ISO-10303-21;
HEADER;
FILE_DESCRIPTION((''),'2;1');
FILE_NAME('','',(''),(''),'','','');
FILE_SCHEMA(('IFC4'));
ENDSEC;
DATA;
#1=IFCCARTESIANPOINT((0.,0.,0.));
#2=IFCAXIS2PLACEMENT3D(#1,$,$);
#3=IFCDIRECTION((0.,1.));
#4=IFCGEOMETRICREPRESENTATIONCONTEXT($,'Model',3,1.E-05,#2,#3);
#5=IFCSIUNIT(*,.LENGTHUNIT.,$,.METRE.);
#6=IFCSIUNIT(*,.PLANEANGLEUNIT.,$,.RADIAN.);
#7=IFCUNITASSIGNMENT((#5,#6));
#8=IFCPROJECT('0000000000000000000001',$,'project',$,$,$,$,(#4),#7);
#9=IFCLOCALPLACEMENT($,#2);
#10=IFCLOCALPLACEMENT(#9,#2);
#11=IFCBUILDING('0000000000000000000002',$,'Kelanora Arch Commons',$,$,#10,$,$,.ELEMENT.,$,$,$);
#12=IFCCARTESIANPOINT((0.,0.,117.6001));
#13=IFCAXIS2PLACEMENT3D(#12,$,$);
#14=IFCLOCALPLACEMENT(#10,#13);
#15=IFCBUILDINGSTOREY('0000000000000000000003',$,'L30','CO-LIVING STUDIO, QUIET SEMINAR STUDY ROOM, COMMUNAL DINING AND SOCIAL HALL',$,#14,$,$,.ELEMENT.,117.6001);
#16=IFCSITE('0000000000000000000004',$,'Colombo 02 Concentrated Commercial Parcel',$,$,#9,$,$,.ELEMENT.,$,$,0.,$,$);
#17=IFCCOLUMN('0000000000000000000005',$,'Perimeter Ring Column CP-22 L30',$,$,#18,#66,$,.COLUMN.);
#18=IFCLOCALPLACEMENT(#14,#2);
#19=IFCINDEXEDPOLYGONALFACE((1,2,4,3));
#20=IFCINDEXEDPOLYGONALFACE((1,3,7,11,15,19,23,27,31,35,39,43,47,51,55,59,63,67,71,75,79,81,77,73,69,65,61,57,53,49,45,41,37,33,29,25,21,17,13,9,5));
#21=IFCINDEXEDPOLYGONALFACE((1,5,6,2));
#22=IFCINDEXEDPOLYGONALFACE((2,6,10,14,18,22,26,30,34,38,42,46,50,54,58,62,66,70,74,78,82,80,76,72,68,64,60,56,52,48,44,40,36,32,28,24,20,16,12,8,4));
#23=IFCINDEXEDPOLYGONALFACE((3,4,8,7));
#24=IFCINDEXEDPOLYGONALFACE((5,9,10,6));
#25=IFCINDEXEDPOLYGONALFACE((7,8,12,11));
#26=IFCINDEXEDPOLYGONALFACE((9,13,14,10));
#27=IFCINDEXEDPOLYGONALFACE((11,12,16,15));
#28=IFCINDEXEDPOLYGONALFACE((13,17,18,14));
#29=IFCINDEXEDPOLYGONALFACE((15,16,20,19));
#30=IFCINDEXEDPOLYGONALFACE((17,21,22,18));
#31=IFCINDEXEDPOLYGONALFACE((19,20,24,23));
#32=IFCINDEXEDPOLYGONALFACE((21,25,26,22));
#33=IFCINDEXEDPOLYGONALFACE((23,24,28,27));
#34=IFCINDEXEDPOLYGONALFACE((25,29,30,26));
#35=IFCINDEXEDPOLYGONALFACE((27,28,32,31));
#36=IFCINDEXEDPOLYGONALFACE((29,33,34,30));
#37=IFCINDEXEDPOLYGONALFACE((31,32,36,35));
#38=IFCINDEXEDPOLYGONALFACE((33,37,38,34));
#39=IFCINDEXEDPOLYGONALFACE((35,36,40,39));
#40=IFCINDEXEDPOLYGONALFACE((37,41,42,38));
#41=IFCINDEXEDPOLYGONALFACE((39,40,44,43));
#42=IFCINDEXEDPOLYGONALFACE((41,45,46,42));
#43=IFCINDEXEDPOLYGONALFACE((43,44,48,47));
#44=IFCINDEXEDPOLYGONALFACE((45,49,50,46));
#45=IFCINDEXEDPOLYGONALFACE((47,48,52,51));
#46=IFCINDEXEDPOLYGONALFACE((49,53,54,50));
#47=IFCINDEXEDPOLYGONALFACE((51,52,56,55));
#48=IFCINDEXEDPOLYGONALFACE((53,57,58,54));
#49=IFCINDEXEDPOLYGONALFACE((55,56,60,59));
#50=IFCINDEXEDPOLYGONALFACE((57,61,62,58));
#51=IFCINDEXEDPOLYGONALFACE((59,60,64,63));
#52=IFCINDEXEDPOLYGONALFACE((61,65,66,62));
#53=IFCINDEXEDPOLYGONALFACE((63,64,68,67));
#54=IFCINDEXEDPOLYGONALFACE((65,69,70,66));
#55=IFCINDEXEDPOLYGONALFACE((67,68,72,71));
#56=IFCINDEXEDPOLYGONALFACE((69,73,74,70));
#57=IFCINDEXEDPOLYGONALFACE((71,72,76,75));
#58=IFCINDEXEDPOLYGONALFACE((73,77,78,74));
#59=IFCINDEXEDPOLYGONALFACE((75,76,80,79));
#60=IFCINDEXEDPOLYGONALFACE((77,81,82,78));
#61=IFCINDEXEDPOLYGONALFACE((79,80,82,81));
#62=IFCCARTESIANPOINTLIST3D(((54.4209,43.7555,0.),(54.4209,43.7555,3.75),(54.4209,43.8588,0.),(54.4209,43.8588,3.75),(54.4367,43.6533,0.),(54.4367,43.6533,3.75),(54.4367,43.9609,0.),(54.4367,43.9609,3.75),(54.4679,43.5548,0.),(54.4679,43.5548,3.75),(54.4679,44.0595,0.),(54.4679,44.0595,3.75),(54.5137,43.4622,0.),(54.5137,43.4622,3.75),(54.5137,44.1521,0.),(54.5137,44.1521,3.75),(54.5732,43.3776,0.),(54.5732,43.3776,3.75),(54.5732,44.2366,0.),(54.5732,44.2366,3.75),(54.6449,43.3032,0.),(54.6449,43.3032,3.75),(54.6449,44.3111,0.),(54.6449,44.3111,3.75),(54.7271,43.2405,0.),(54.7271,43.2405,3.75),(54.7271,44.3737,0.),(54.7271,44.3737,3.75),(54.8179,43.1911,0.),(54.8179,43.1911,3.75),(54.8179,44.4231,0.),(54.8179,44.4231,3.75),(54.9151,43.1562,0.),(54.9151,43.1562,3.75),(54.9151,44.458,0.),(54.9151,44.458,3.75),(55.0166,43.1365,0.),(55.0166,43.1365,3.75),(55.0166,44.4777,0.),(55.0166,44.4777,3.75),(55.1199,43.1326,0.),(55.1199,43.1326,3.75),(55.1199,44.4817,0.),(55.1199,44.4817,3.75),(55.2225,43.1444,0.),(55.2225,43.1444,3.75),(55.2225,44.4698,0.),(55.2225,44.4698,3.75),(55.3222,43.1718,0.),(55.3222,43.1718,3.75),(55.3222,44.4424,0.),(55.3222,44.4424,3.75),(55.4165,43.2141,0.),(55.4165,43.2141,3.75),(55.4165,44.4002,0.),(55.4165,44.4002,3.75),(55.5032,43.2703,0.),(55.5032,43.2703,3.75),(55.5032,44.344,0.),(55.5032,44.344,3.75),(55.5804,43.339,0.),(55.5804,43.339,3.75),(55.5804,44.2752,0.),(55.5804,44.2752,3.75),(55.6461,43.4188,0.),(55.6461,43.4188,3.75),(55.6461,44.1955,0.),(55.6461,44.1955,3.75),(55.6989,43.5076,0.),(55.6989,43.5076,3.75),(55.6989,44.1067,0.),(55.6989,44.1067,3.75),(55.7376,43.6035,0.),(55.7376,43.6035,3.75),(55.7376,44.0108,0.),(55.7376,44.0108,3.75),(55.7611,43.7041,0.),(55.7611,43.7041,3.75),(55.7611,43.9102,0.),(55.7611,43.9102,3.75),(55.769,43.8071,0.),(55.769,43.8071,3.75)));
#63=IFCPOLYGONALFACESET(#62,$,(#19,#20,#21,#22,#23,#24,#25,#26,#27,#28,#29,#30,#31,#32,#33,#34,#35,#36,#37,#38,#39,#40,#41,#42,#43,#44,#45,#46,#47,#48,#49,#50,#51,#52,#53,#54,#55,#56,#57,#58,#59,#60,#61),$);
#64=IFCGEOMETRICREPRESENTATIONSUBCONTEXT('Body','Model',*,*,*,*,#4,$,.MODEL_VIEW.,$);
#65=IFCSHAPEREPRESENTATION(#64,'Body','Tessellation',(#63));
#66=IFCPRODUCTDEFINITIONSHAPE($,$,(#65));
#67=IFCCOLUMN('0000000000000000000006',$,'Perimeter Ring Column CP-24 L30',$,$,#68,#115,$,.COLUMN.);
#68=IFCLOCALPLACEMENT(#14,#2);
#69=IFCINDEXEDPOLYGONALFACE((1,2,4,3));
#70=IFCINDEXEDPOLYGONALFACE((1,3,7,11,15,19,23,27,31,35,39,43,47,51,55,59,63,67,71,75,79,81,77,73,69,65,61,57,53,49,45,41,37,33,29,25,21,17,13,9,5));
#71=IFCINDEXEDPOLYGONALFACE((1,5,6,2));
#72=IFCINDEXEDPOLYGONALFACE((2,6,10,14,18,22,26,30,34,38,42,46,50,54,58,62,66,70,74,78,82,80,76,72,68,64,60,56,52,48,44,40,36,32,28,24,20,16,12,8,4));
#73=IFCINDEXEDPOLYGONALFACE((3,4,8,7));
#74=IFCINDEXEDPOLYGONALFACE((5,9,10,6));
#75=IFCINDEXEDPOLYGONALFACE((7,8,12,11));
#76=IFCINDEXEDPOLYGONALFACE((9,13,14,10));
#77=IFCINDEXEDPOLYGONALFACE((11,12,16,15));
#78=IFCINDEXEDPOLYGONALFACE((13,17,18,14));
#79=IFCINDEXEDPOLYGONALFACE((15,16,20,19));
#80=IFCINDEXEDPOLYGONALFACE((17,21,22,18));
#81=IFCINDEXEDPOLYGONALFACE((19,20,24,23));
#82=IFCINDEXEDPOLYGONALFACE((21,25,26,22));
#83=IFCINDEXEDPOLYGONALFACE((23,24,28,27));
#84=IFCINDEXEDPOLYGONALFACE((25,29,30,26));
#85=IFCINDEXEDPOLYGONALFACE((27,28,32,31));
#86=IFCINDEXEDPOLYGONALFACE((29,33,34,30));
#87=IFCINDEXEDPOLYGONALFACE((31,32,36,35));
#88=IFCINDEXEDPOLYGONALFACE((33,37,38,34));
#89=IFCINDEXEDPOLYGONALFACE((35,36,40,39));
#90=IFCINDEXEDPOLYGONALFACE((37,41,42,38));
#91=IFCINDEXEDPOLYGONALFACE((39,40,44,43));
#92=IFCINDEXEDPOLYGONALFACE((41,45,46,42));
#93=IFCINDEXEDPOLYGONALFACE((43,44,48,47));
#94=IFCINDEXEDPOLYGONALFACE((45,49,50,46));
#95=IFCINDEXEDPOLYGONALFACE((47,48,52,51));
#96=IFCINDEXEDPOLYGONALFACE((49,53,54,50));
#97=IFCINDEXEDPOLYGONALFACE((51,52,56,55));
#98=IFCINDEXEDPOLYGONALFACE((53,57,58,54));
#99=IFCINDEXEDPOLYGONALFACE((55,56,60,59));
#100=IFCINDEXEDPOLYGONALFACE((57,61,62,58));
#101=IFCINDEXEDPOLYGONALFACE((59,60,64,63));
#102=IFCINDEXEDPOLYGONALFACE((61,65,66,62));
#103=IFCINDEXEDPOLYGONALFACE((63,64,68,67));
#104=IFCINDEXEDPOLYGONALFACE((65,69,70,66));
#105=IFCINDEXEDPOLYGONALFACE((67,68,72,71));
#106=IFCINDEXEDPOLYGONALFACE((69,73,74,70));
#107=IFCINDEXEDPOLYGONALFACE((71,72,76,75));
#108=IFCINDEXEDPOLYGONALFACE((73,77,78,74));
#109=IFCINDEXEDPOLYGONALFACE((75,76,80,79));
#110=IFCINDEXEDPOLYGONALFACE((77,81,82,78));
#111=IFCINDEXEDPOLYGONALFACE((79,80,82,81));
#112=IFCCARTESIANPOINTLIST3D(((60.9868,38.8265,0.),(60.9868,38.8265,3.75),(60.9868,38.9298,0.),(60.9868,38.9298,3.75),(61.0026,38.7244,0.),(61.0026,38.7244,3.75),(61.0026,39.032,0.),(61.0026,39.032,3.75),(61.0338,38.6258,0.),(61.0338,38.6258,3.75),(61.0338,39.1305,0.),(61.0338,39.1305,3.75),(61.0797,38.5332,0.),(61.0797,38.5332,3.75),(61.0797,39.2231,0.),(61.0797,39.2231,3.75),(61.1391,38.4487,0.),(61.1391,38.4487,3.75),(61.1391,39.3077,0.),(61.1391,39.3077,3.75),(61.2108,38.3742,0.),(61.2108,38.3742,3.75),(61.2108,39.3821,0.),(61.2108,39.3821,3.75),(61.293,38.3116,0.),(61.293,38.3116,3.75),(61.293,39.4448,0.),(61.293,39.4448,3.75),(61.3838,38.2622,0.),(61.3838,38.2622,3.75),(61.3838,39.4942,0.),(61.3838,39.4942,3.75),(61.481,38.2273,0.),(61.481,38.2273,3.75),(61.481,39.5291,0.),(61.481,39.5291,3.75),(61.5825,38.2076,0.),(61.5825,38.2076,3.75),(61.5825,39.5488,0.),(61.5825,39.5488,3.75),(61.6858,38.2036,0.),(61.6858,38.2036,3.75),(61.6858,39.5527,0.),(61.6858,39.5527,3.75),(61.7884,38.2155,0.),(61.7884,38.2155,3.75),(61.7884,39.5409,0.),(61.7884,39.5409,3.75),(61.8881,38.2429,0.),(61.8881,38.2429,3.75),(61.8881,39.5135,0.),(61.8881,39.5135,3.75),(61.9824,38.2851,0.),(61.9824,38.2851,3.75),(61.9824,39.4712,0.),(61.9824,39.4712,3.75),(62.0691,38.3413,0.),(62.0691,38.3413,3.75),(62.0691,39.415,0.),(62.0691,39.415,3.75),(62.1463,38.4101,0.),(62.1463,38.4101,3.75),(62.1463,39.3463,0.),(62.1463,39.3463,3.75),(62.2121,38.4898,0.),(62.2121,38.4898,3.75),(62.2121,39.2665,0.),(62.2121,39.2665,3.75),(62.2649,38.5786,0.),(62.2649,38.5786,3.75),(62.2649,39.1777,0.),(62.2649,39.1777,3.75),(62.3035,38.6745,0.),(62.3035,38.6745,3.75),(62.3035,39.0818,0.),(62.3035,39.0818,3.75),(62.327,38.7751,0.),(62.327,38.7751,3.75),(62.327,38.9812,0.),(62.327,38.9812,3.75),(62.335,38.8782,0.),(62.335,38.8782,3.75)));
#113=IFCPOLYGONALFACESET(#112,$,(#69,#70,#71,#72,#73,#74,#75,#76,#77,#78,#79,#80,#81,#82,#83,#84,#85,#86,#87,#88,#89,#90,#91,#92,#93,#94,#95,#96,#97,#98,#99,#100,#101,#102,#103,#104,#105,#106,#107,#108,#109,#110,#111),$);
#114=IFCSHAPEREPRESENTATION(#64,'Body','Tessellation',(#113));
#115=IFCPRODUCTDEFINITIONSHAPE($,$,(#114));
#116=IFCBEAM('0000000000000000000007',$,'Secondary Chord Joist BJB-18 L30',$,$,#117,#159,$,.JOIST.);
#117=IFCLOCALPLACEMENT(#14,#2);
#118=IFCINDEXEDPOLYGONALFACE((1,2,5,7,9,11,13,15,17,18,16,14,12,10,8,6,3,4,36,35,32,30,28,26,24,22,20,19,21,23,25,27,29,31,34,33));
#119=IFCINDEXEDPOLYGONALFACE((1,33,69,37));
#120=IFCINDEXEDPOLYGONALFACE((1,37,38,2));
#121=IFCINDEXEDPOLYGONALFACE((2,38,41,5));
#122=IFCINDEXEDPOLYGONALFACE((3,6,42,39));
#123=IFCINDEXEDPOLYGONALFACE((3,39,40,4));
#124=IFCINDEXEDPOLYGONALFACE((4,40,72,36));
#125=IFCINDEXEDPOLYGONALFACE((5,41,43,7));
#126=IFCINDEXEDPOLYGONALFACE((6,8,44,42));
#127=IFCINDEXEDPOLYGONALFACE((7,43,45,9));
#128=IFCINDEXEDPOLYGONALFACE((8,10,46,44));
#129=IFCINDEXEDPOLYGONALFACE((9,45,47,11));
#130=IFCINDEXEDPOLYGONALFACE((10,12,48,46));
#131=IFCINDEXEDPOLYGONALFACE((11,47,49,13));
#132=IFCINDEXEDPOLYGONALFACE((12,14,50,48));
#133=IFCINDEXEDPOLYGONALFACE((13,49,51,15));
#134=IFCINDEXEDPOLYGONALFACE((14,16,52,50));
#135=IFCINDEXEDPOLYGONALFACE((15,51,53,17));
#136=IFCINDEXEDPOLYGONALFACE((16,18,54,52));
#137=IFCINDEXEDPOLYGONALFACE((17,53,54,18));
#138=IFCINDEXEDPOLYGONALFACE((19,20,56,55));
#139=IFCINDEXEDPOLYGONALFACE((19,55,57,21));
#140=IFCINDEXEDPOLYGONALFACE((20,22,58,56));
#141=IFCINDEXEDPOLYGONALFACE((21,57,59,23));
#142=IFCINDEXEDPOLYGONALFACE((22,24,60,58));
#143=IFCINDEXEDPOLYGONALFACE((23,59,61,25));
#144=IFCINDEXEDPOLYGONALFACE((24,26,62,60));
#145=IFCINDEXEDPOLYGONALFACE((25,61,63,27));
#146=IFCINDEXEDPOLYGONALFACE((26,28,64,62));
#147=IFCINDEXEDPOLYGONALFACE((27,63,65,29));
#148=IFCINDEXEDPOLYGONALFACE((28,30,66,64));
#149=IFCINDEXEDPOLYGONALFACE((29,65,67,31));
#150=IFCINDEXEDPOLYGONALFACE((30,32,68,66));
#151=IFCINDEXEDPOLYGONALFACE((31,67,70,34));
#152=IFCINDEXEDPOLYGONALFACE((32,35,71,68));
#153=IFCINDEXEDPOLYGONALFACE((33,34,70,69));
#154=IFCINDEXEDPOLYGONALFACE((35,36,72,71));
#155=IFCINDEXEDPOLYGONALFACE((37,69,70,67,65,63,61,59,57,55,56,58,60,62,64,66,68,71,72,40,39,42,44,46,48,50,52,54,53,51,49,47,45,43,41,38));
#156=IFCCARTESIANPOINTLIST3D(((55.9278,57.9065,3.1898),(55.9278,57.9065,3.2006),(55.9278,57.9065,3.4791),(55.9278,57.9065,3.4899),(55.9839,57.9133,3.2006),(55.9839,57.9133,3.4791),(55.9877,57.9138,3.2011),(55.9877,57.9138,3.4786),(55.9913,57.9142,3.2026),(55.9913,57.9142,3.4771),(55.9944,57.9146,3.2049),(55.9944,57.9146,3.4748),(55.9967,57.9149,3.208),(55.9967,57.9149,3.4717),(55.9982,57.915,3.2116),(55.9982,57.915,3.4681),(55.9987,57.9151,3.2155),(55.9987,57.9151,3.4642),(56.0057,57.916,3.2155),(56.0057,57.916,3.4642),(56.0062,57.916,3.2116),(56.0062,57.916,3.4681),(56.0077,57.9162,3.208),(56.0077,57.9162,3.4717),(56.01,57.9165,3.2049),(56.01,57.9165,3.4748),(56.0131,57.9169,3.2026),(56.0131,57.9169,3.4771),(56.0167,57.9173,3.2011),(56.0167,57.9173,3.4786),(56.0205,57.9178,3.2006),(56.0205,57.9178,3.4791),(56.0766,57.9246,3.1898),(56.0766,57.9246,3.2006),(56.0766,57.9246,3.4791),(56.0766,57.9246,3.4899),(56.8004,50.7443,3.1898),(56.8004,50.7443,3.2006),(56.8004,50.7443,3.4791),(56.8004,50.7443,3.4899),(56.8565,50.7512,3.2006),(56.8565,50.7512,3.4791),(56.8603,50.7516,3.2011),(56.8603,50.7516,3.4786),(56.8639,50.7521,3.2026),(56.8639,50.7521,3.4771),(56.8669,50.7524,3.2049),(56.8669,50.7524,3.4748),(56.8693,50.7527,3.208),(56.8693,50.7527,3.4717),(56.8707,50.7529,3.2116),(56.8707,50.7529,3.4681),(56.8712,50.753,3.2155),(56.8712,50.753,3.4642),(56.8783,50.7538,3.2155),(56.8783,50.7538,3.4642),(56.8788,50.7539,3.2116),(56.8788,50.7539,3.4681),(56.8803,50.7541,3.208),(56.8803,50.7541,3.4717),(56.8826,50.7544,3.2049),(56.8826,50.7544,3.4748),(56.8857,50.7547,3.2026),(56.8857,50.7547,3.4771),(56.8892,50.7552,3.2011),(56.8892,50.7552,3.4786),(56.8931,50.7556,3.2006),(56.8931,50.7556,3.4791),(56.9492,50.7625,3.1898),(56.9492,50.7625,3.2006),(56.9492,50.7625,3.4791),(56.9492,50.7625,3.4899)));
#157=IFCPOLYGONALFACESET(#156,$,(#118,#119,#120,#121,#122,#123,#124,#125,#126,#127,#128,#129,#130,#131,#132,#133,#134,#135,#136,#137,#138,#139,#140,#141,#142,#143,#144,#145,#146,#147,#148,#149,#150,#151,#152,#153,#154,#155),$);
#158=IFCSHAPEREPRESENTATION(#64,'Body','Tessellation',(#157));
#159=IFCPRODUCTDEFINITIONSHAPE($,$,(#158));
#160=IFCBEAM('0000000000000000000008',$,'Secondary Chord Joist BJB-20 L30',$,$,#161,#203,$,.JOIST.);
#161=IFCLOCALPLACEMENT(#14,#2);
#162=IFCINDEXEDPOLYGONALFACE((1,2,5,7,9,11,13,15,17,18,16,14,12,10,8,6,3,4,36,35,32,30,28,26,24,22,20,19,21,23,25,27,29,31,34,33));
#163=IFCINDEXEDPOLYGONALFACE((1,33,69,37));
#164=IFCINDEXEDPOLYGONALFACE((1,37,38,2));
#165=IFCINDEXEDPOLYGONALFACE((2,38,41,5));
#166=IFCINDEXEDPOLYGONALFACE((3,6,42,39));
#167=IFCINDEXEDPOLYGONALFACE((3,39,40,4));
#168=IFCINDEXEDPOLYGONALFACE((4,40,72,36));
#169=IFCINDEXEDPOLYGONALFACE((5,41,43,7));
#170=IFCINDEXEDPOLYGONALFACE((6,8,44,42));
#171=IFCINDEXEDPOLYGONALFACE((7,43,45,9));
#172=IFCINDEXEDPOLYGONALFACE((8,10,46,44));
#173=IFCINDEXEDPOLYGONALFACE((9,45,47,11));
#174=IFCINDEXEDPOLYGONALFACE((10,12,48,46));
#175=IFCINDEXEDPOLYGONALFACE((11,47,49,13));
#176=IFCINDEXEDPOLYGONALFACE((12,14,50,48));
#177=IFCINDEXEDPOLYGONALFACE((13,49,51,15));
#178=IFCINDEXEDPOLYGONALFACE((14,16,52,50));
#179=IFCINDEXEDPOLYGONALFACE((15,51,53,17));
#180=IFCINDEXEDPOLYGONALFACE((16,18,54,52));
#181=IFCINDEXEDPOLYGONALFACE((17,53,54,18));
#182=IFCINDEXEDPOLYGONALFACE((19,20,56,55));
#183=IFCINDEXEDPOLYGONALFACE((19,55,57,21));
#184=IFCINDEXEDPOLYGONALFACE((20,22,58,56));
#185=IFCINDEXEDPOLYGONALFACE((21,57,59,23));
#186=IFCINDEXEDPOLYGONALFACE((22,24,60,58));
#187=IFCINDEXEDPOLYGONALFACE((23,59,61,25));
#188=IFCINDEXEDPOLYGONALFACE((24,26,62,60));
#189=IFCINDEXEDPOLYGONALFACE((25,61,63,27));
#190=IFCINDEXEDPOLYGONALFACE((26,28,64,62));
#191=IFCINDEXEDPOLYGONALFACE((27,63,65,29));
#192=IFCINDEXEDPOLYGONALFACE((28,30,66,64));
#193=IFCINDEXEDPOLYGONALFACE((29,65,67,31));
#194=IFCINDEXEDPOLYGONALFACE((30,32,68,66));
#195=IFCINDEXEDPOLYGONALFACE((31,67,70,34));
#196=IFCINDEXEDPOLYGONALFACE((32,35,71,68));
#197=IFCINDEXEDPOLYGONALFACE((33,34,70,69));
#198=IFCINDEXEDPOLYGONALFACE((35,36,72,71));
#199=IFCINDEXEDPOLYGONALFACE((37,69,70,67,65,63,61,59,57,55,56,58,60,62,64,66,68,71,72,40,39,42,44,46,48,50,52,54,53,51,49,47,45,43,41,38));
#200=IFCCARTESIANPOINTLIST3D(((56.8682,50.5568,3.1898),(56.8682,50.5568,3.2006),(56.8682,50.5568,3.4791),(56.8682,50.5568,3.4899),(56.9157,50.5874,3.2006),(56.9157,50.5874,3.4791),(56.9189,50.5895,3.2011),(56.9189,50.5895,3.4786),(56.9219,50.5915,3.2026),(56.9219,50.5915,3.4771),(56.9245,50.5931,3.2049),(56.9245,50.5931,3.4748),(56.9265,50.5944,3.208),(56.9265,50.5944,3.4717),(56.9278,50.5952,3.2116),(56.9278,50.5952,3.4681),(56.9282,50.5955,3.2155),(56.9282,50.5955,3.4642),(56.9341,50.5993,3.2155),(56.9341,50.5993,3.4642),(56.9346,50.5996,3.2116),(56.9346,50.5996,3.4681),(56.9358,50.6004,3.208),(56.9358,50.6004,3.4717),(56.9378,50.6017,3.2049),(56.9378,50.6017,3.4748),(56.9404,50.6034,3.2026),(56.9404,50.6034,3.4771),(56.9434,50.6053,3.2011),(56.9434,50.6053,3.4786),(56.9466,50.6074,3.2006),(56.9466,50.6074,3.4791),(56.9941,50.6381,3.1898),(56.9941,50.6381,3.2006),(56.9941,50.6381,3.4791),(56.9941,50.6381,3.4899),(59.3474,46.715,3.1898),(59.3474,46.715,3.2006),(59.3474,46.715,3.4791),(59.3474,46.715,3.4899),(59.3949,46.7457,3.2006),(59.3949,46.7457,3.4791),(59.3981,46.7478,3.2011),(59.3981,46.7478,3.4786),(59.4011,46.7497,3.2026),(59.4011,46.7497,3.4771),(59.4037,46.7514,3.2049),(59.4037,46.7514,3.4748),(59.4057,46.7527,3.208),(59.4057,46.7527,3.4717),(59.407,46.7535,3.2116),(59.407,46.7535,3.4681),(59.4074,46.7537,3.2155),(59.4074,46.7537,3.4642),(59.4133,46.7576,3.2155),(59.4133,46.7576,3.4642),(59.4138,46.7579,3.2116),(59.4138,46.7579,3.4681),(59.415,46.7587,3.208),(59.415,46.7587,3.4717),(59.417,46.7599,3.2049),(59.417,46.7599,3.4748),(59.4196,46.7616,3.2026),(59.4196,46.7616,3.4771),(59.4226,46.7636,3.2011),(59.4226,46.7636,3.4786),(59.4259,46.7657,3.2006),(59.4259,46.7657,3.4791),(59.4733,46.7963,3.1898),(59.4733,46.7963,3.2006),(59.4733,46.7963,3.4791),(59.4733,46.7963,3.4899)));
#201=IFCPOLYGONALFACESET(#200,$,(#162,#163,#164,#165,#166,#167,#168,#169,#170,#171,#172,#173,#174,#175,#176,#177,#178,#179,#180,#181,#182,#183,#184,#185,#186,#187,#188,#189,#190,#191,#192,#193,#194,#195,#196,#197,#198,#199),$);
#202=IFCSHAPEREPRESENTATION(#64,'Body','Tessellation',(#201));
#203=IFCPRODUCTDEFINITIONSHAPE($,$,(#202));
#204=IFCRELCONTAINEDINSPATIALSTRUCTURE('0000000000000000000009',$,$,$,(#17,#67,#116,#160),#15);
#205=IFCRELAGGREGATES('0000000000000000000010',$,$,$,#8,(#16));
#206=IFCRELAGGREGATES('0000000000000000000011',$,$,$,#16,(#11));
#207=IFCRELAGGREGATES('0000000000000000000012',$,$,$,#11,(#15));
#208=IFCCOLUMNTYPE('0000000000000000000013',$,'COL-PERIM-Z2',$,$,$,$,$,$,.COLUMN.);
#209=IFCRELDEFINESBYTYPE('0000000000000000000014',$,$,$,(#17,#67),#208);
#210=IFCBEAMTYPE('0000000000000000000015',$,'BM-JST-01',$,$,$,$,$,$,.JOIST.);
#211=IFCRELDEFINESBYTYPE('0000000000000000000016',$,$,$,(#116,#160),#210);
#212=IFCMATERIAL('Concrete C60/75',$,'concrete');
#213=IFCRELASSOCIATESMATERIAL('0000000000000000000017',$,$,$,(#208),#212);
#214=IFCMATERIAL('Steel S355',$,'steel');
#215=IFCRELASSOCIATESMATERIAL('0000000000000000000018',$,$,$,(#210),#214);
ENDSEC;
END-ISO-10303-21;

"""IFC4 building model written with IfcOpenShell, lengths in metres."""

from ifc_helpers import new_model, si_unit, direction, frame, origin, origin_2d, place, context, subcontext, project, spatial, circle, i_section, extrude, material, material_profile, profile_set, type_object, element, save


model = new_model("IFC4")

# Units and contexts
model_context = context("Model", 3, precision=1e-05, world=origin(), true_north=direction((0.0, 1.0)))
body_context = subcontext(model_context, "Body", "Model", "MODEL_VIEW")
ifc_project = project(units=[si_unit("LENGTHUNIT", "METRE"), si_unit("PLANEANGLEUNIT", "RADIAN")], contexts=[model_context])

# Site, building, storey
site_placement = place(None, origin())
site = spatial("IfcSite", under=ifc_project, at=site_placement, Name="Colombo 02 Concentrated Commercial Parcel", CompositionType="ELEMENT", RefElevation=0.0)
building_placement = place(site_placement, origin())
building = spatial("IfcBuilding", under=site, at=building_placement, Name="Kelanora Arch Commons", CompositionType="ELEMENT")
storey_placement = place(building_placement, frame((0.0, 0.0, 117.6001)))
storey = spatial("IfcBuildingStorey", under=building, at=storey_placement, Name="L30", Description="CO-LIVING STUDIO, QUIET SEMINAR STUDY ROOM, COMMUNAL DINING AND SOCIAL HALL", CompositionType="ELEMENT", Elevation=117.6001)

# Columns
ifc_material_1 = material(Name="Concrete C60/75", Category="concrete")
ifc_material_profile_1 = material_profile(ifc_material_1, circle(Radius=0.675, at=origin_2d()), Name="RCC1350")
ifc_profile_set_1 = profile_set([ifc_material_profile_1], Name="Concrete C60/75")
column_type = type_object("IfcColumnType", Name="COL-PERIM-Z2", PredefinedType="COLUMN", material=ifc_profile_set_1)
for number, where, z_axis, x_axis, name in (
    (1, (55.094, 43.8071, 0.0), (0.0, 0.0, 1.0), (1.0, 0.0, 0.0), "Perimeter Ring Column CP-22 L30"),
    (2, (61.6599, 38.8782, 0.0), (0.0, 0.0, 1.0), (1.0, 0.0, 0.0), "Perimeter Ring Column CP-24 L30"),
):
    element("IfcColumn", number, at=place(storey_placement, frame(where, z_axis=z_axis, x_axis=x_axis)), inside=storey, type_object=column_type, Name=name, PredefinedType="COLUMN", context=body_context, shape_type="SweptSolid", body=[
        extrude(circle(Radius=0.675, at=origin_2d()), origin(), (0.0, 0.0, 1.0), 3.75),
    ])

# Beams
ifc_material_2 = material(Name="Steel S355", Category="steel")
ifc_material_profile_2 = material_profile(ifc_material_2, i_section(OverallWidth=0.1499, OverallDepth=0.3, WebThickness=0.0071, FlangeThickness=0.0107, FilletRadius=0.0149, at=origin_2d()), Name="IPE300")
ifc_profile_set_2 = profile_set([ifc_material_profile_2], Name="Steel S355")
beam_type_1 = type_object("IfcBeamType", Name="BM-JST-01", PredefinedType="JOIST", material=ifc_profile_set_2)
beam_1_placement = place(storey_placement, frame((56.0022, 57.9155, 3.3398), z_axis=(0.120936, -0.99266, 0.0), x_axis=(0.99266, 0.120936, 0.0)))
element("IfcBeam", 3, at=beam_1_placement, inside=storey, type_object=beam_type_1, Name="Secondary Chord Joist BJB-18 L30", PredefinedType="JOIST", context=body_context, shape_type="SweptSolid", body=[
    extrude(i_section(OverallWidth=0.1499, OverallDepth=0.3, WebThickness=0.0071, FlangeThickness=0.0107, FilletRadius=0.0149, at=origin_2d()), origin(), (0.0, 0.0, 1.0), 7.2151),
])
beam_2_placement = place(storey_placement, frame((56.9312, 50.5974, 3.3398), z_axis=(0.54223, -0.84023, 0.0), x_axis=(0.84023, 0.54223, 0.0)))
element("IfcBeam", 4, at=beam_2_placement, inside=storey, type_object=beam_type_1, Name="Secondary Chord Joist BJB-20 L30", PredefinedType="JOIST", context=body_context, shape_type="SweptSolid", body=[
    extrude(i_section(OverallWidth=0.1499, OverallDepth=0.3, WebThickness=0.0071, FlangeThickness=0.0107, FilletRadius=0.0149, at=origin_2d()), origin(), (0.0, 0.0, 1.0), 4.5723),
])

save(model, "model.ifc")
